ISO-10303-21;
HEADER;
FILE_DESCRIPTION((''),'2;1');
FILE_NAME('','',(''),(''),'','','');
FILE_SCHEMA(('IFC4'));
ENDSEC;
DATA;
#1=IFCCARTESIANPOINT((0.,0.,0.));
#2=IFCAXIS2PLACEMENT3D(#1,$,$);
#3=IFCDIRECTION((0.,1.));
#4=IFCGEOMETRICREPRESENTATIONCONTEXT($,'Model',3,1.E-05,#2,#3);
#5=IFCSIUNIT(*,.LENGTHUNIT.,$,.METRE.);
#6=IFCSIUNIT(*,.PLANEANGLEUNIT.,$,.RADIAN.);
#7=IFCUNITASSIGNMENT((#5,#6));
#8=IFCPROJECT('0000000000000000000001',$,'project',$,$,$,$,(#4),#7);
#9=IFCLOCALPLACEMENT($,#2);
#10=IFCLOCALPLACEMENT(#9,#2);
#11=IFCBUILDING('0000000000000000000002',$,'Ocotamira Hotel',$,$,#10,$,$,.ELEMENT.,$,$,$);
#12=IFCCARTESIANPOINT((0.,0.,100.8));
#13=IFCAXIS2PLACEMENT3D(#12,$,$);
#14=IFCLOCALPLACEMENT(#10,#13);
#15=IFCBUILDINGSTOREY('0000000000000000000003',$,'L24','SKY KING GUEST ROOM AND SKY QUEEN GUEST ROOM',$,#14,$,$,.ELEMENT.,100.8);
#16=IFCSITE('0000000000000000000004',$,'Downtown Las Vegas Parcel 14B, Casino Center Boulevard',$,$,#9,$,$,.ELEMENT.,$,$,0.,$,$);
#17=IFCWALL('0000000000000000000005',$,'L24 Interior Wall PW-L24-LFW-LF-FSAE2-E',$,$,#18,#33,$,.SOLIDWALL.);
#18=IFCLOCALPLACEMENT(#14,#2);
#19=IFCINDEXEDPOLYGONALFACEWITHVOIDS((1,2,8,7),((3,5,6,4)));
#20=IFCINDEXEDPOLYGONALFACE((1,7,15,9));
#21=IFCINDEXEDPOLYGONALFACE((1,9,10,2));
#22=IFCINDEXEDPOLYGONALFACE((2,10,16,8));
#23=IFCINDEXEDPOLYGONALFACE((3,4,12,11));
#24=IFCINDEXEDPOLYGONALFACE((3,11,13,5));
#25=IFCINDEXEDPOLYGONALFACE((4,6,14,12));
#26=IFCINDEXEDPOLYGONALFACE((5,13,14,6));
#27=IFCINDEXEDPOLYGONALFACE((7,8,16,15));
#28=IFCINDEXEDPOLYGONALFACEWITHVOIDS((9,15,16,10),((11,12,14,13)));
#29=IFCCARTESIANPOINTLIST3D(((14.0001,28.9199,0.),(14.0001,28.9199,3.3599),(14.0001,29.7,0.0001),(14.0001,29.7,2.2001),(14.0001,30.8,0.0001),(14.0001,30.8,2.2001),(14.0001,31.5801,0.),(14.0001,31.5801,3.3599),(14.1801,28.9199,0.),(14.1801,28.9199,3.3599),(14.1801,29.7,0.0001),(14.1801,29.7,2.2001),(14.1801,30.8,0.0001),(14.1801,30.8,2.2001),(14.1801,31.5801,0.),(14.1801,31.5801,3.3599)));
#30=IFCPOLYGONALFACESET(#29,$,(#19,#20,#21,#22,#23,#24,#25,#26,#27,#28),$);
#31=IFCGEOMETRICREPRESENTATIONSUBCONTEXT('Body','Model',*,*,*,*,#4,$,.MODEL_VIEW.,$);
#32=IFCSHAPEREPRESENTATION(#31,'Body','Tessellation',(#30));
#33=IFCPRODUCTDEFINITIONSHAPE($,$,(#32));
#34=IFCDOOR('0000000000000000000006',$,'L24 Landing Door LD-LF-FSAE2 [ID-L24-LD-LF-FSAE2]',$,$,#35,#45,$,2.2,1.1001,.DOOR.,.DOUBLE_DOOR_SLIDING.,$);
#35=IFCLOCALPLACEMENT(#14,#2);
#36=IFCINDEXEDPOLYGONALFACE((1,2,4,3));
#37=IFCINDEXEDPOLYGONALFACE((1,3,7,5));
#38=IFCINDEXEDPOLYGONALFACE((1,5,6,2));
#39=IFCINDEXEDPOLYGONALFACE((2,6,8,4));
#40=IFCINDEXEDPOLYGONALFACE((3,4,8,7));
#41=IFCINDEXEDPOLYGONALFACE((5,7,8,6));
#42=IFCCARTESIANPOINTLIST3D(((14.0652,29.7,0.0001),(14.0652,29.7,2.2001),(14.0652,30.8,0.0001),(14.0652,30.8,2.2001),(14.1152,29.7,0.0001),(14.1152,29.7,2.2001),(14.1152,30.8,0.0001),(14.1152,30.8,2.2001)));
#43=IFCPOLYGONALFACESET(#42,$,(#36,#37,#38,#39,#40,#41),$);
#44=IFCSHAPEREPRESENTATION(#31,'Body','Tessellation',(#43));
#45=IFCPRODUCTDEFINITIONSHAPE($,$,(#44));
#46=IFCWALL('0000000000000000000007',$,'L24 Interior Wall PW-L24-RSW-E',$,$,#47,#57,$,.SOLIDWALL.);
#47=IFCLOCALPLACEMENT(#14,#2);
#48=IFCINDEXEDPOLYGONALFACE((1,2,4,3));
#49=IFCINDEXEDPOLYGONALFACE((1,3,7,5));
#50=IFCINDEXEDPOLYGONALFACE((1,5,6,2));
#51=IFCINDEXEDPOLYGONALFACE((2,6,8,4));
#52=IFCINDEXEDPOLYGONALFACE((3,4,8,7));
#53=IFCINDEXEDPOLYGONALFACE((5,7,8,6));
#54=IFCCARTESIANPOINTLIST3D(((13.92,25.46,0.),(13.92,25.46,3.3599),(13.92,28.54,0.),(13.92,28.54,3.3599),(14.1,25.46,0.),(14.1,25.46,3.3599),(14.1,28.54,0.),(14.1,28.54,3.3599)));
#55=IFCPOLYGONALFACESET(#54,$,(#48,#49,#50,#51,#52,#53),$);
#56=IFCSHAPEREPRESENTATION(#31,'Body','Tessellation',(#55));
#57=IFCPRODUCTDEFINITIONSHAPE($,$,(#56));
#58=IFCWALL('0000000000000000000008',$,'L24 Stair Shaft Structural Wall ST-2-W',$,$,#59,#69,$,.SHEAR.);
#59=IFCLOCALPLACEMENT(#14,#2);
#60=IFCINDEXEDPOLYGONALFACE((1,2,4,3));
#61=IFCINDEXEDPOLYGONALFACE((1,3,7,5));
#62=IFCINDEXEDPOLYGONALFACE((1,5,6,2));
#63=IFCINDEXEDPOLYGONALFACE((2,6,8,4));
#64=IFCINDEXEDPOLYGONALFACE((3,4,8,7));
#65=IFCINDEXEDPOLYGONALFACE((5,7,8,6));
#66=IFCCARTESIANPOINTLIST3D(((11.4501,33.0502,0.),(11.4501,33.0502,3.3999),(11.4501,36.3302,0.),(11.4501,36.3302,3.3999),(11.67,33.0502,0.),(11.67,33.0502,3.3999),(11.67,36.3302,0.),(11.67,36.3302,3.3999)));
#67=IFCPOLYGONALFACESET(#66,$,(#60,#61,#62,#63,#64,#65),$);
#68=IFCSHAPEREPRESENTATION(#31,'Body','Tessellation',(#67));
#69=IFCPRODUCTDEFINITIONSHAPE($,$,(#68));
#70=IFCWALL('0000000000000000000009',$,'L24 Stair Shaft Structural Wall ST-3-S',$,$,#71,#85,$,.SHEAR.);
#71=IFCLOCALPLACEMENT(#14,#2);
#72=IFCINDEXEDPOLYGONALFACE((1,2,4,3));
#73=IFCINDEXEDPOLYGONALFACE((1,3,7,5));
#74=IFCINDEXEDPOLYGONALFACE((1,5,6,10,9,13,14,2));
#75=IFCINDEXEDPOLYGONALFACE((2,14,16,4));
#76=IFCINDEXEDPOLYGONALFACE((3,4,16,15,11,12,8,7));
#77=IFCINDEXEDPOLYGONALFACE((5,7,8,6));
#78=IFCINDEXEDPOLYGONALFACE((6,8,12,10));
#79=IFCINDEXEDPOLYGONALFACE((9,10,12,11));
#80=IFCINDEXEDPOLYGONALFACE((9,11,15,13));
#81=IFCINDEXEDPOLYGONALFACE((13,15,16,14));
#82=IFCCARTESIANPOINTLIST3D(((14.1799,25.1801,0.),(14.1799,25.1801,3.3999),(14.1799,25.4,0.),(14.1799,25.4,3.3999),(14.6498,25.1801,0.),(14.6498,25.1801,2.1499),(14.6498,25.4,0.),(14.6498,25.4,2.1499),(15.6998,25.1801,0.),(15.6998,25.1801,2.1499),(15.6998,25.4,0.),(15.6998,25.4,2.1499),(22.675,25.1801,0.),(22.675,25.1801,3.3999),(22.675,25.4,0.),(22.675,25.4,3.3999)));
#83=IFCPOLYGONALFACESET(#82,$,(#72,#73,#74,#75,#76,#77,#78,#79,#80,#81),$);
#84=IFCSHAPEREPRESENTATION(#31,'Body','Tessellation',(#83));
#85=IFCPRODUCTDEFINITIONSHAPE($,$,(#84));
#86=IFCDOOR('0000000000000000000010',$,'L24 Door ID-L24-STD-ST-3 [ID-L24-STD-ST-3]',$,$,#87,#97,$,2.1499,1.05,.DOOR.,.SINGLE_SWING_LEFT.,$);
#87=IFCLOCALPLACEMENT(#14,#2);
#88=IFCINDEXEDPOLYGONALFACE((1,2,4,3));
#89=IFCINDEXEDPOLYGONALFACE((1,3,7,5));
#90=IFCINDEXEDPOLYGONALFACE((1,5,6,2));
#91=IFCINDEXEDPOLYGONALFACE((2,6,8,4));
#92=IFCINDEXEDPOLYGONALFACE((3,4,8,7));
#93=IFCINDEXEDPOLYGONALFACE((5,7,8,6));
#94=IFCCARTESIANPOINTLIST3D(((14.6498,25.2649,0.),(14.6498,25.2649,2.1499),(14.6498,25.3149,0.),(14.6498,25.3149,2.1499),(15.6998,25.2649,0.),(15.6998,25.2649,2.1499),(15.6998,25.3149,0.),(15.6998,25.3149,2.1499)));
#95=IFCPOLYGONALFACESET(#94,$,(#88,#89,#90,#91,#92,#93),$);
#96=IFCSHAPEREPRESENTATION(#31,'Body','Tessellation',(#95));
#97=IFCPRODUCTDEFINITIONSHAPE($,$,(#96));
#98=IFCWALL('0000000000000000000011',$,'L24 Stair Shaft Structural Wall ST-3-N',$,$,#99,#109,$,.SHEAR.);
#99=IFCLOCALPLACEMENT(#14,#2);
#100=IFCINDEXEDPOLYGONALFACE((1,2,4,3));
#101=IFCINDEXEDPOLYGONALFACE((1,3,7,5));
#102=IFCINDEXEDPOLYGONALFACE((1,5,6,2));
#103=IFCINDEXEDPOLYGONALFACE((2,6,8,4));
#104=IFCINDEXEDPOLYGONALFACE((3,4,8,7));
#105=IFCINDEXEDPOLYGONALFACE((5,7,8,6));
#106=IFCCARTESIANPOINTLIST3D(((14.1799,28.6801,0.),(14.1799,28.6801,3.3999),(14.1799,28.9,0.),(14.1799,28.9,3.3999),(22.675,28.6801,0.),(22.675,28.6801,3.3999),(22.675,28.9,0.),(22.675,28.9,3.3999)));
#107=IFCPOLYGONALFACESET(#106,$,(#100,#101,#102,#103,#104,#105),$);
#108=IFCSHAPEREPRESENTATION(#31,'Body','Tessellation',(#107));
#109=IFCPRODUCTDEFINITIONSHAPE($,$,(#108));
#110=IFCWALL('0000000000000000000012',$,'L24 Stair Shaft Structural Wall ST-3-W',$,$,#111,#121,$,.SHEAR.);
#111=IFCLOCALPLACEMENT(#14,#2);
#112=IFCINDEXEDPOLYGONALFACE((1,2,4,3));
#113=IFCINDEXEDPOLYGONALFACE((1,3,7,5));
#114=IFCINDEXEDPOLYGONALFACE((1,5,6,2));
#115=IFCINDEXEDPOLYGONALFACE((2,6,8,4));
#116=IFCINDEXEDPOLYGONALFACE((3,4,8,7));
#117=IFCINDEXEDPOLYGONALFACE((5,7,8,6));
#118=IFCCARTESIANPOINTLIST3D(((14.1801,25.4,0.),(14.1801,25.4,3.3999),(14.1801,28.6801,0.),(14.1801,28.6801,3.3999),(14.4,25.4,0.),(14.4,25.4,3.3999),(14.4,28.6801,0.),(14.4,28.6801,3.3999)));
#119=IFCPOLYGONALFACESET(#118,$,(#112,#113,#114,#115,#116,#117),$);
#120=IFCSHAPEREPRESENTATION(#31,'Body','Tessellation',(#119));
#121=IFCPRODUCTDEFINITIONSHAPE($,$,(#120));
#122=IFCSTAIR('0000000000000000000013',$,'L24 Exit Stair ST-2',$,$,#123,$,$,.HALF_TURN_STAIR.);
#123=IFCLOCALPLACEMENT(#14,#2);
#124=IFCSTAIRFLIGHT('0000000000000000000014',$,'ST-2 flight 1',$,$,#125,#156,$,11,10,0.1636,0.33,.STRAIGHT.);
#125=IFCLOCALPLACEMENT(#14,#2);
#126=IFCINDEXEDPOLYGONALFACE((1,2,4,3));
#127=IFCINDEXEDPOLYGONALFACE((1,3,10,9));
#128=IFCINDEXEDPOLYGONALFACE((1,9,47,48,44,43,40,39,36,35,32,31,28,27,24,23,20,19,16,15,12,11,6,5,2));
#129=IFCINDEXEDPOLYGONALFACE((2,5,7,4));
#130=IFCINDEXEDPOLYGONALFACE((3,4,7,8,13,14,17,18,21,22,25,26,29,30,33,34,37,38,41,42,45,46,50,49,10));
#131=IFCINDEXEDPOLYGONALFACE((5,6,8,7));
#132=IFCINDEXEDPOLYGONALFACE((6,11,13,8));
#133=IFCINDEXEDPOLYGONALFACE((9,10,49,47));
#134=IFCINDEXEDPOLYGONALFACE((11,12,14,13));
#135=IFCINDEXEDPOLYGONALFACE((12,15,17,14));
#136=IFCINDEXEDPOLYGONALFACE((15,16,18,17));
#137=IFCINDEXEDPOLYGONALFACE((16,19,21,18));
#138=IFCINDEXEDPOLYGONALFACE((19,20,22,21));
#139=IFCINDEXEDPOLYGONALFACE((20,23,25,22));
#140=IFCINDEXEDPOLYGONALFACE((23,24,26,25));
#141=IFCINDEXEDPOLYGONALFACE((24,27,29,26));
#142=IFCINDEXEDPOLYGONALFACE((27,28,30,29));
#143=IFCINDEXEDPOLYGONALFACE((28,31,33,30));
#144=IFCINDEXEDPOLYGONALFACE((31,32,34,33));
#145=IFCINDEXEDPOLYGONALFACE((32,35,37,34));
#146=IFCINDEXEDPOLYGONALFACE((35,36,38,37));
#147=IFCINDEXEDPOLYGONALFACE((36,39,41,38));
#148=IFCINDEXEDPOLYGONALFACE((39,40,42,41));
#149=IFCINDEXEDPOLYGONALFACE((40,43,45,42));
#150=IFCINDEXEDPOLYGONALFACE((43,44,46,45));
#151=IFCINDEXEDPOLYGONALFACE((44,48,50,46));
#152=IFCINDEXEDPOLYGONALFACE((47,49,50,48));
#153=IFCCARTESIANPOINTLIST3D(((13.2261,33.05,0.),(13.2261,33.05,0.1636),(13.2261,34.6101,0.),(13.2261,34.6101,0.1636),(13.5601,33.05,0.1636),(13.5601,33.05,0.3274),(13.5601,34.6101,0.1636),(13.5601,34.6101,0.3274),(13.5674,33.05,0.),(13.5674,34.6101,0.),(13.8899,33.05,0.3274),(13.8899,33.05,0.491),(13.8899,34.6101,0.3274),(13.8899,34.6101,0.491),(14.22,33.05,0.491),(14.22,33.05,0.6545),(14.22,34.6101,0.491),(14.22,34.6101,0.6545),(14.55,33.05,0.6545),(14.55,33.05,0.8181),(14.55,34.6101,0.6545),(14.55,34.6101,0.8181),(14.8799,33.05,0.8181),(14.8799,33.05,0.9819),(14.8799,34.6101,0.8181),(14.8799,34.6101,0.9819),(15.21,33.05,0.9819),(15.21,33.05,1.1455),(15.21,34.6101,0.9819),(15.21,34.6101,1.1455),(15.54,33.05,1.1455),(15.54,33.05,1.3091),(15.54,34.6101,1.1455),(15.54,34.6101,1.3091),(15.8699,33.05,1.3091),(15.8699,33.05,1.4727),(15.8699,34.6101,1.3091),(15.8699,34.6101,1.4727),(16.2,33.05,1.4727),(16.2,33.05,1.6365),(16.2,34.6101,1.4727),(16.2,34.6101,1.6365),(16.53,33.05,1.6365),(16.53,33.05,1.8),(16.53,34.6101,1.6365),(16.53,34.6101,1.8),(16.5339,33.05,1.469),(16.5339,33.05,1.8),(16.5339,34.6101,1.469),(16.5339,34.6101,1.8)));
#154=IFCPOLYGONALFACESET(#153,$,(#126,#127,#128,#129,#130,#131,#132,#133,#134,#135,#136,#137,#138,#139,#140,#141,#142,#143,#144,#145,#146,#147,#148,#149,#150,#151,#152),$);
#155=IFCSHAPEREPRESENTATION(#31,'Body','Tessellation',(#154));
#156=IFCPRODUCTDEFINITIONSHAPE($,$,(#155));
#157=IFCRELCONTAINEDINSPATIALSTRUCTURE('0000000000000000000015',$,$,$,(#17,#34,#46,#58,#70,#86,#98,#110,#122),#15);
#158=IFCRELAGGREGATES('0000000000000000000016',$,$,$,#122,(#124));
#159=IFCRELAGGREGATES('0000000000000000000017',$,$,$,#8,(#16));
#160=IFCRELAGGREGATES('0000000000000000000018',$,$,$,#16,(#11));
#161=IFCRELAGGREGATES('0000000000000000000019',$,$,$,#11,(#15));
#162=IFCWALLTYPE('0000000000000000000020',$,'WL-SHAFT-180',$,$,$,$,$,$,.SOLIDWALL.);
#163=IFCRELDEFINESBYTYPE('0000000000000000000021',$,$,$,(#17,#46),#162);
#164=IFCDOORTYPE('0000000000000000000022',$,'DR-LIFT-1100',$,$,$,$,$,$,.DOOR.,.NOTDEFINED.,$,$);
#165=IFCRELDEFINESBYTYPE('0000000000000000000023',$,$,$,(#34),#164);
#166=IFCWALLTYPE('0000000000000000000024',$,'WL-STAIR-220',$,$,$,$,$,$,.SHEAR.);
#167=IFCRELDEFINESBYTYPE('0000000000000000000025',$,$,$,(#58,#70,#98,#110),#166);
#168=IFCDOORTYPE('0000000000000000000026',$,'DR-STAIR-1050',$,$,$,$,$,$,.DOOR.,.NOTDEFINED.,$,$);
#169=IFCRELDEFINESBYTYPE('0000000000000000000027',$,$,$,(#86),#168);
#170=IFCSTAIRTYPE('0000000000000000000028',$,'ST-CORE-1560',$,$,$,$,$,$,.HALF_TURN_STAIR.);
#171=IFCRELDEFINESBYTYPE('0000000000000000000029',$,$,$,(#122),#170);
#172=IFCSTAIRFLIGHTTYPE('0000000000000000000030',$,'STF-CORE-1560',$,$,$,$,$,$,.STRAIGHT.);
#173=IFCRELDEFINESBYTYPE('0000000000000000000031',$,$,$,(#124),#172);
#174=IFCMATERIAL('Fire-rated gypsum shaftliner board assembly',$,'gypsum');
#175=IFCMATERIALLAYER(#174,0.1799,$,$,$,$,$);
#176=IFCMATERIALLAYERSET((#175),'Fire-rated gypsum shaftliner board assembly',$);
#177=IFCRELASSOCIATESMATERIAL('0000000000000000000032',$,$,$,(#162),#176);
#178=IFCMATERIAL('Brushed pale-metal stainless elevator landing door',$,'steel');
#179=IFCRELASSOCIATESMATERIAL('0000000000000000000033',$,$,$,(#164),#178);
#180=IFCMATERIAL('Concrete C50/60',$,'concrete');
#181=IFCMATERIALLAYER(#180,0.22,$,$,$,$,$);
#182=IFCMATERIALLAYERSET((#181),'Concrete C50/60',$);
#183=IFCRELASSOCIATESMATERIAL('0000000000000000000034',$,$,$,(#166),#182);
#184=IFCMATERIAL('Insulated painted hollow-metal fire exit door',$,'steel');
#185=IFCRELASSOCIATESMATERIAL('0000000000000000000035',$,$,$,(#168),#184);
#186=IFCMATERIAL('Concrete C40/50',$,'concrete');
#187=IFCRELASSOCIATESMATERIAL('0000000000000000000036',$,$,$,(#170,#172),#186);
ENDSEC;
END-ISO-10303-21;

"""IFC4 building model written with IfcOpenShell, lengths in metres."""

from ifc_helpers import new_model, si_unit, direction, frame, frame_2d, origin, place, context, subcontext, project, spatial, polyline, rectangle, outline, extrude, source, transform, mapped, material, layer, layer_set, type_object, element, fill, aggregate, save


model = new_model("IFC4")

# Units and contexts
model_context = context("Model", 3, precision=1e-05, world=origin(), true_north=direction((0.0, 1.0)))
body_context = subcontext(model_context, "Body", "Model", "MODEL_VIEW")
ifc_project = project(units=[si_unit("LENGTHUNIT", "METRE"), si_unit("PLANEANGLEUNIT", "RADIAN")], contexts=[model_context])

# Site, building, storey
site_placement = place(None, origin())
site = spatial("IfcSite", under=ifc_project, at=site_placement, Name="Downtown Las Vegas Parcel 14B, Casino Center Boulevard", CompositionType="ELEMENT", RefElevation=0.0)
building_placement = place(site_placement, origin())
building = spatial("IfcBuilding", under=site, at=building_placement, Name="Ocotamira Hotel", CompositionType="ELEMENT")
storey_placement = place(building_placement, frame((0.0, 0.0, 100.8)))
storey = spatial("IfcBuildingStorey", under=building, at=storey_placement, Name="L24", Description="SKY KING GUEST ROOM AND SKY QUEEN GUEST ROOM", CompositionType="ELEMENT", Elevation=100.8)

# Wall, opening, door
ifc_material_1 = material(Name="Fire-rated gypsum shaftliner board assembly", Category="gypsum")
ifc_layer_1 = layer(ifc_material_1, 0.1799)
ifc_layer_set_1 = layer_set([ifc_layer_1], Name="Fire-rated gypsum shaftliner board assembly")
wall_type_1 = type_object("IfcWallType", Name="WL-SHAFT-180", PredefinedType="SOLIDWALL", material=ifc_layer_set_1)
wall_1_placement = place(storey_placement, frame((14.0901, 28.9199, 0.0), z_axis=(0.0, 0.0, 1.0), x_axis=(0.0, 1.0, 0.0)))
wall_1 = element("IfcWall", 1, at=wall_1_placement, inside=storey, type_object=wall_type_1, Name="L24 Interior Wall PW-L24-LFW-LF-FSAE2-E", PredefinedType="SOLIDWALL", context=body_context, shape_type="SweptSolid", body=[
    extrude(rectangle(XDim=2.6602, YDim=0.1799, at=frame_2d((1.3301, 0.0))), origin(), (0.0, 0.0, 1.0), 3.3599),
])
opening_1_placement = place(wall_1_placement, frame((0.78, 0.0, 0.0)))
opening_1 = element("IfcOpeningElement", 2, at=opening_1_placement, cuts=wall_1, PredefinedType="OPENING", context=body_context, shape_type="SweptSolid", body=[
    extrude(rectangle(XDim=1.1001, YDim=2.2, at=frame_2d((0.55, 1.1001))), frame((0.0, 0.1001, 0.0), z_axis=(0.0, -1.0, 0.0), x_axis=(1.0, 0.0, 0.0)), (0.0, 0.0, 1.0), 0.2),
])
ifc_material_2 = material(Name="Brushed pale-metal stainless elevator landing door", Category="steel")
door_type_1 = type_object("IfcDoorType", Name="DR-LIFT-1100", OperationType="NOTDEFINED", PredefinedType="DOOR", material=ifc_material_2)
shared_shape_1 = source(origin(), body_context, "Body", "SweptSolid", [
    extrude(rectangle(XDim=1.1001, YDim=2.2, at=frame_2d((0.55, 1.1001))), frame((0.0, 0.0249, 0.0), z_axis=(0.0, -1.0, 0.0), x_axis=(1.0, 0.0, 0.0)), (0.0, 0.0, 1.0), 0.05),
])
door_1_placement = place(opening_1_placement, origin())
door_1 = element("IfcDoor", 3, at=door_1_placement, inside=storey, type_object=door_type_1, Name="L24 Landing Door LD-LF-FSAE2 [ID-L24-LD-LF-FSAE2]", OperationType="DOUBLE_DOOR_SLIDING", OverallHeight=2.2, OverallWidth=1.1001, PredefinedType="DOOR", context=body_context, shape_type="MappedRepresentation", body=[
    mapped(shared_shape_1, transform((0.0, 0.0, 0.0), scale=1.0)),
])
fill(opening_1, door_1)

# Walls
wall_2_placement = place(storey_placement, frame((14.01, 25.46, 0.0), z_axis=(0.0, 0.0, 1.0), x_axis=(0.0, 1.0, 0.0)))
element("IfcWall", 4, at=wall_2_placement, inside=storey, type_object=wall_type_1, Name="L24 Interior Wall PW-L24-RSW-E", PredefinedType="SOLIDWALL", context=body_context, shape_type="SweptSolid", body=[
    extrude(rectangle(XDim=3.0801, YDim=0.1799, at=frame_2d((1.54, 0.0))), origin(), (0.0, 0.0, 1.0), 3.3599),
])
ifc_material_3 = material(Name="Concrete C50/60", Category="concrete")
ifc_layer_2 = layer(ifc_material_3, 0.22)
ifc_layer_set_2 = layer_set([ifc_layer_2], Name="Concrete C50/60")
wall_type_2 = type_object("IfcWallType", Name="WL-STAIR-220", PredefinedType="SHEAR", material=ifc_layer_set_2)
wall_3_placement = place(storey_placement, frame((11.5601, 33.05, 0.0), z_axis=(0.0, 0.0, 1.0), x_axis=(0.0, 1.0, 0.0)))
element("IfcWall", 5, at=wall_3_placement, inside=storey, type_object=wall_type_2, Name="L24 Stair Shaft Structural Wall ST-2-W", PredefinedType="SHEAR", context=body_context, shape_type="SweptSolid", body=[
    extrude(rectangle(XDim=3.28, YDim=0.22, at=frame_2d((1.6401, 0.0))), origin(), (0.0, 0.0, 1.0), 3.3999),
])

# Wall, opening, door
wall_4_placement = place(storey_placement, frame((14.1799, 25.29, 0.0), z_axis=(0.0, 0.0, 1.0), x_axis=(1.0, 0.0, 0.0)))
wall_4 = element("IfcWall", 6, at=wall_4_placement, inside=storey, type_object=wall_type_2, Name="L24 Stair Shaft Structural Wall ST-3-S", PredefinedType="SHEAR", context=body_context, shape_type="SweptSolid", body=[
    extrude(rectangle(XDim=8.4951, YDim=0.22, at=frame_2d((4.2476, 0.0))), origin(), (0.0, 0.0, 1.0), 3.3999),
])
opening_2_placement = place(wall_4_placement, frame((0.47, 0.0, 0.0)))
opening_2 = element("IfcOpeningElement", 7, at=opening_2_placement, cuts=wall_4, PredefinedType="OPENING", context=body_context, shape_type="SweptSolid", body=[
    extrude(rectangle(XDim=1.05, YDim=2.1499, at=frame_2d((0.5249, 1.075))), frame((0.0, 0.1201, 0.0), z_axis=(0.0, -1.0, 0.0), x_axis=(1.0, 0.0, 0.0)), (0.0, 0.0, 1.0), 0.24),
])
ifc_material_4 = material(Name="Insulated painted hollow-metal fire exit door", Category="steel")
door_type_2 = type_object("IfcDoorType", Name="DR-STAIR-1050", OperationType="NOTDEFINED", PredefinedType="DOOR", material=ifc_material_4)
shared_shape_2 = source(origin(), body_context, "Body", "SweptSolid", [
    extrude(rectangle(XDim=1.05, YDim=2.1499, at=frame_2d((0.5249, 1.075))), frame((0.0, 0.0249, 0.0), z_axis=(0.0, -1.0, 0.0), x_axis=(1.0, 0.0, 0.0)), (0.0, 0.0, 1.0), 0.05),
])
door_2_placement = place(opening_2_placement, origin())
door_2 = element("IfcDoor", 8, at=door_2_placement, inside=storey, type_object=door_type_2, Name="L24 Door ID-L24-STD-ST-3 [ID-L24-STD-ST-3]", OperationType="SINGLE_SWING_LEFT", OverallHeight=2.1499, OverallWidth=1.05, PredefinedType="DOOR", context=body_context, shape_type="MappedRepresentation", body=[
    mapped(shared_shape_2, transform((0.0, 0.0, 0.0), scale=1.0)),
])
fill(opening_2, door_2)

# Walls
wall_5_placement = place(storey_placement, frame((14.1799, 28.79, 0.0), z_axis=(0.0, 0.0, 1.0), x_axis=(1.0, 0.0, 0.0)))
element("IfcWall", 9, at=wall_5_placement, inside=storey, type_object=wall_type_2, Name="L24 Stair Shaft Structural Wall ST-3-N", PredefinedType="SHEAR", context=body_context, shape_type="SweptSolid", body=[
    extrude(rectangle(XDim=8.4951, YDim=0.22, at=frame_2d((4.2476, 0.0))), origin(), (0.0, 0.0, 1.0), 3.3999),
])
wall_6_placement = place(storey_placement, frame((14.29, 25.3999, 0.0), z_axis=(0.0, 0.0, 1.0), x_axis=(0.0, 1.0, 0.0)))
element("IfcWall", 10, at=wall_6_placement, inside=storey, type_object=wall_type_2, Name="L24 Stair Shaft Structural Wall ST-3-W", PredefinedType="SHEAR", context=body_context, shape_type="SweptSolid", body=[
    extrude(rectangle(XDim=3.28, YDim=0.22, at=frame_2d((1.6401, 0.0))), origin(), (0.0, 0.0, 1.0), 3.3999),
])

# Stair, stair flight
ifc_material_5 = material(Name="Concrete C40/50", Category="concrete")
stair_type = type_object("IfcStairType", Name="ST-CORE-1560", PredefinedType="HALF_TURN_STAIR", material=ifc_material_5)
stair_1_placement = place(storey_placement, origin())
stair_1 = element("IfcStair", 11, at=stair_1_placement, inside=storey, type_object=stair_type, Name="L24 Exit Stair ST-2", PredefinedType="HALF_TURN_STAIR")
stair_flight_type = type_object("IfcStairFlightType", Name="STF-CORE-1560", PredefinedType="STRAIGHT", material=ifc_material_5)
shared_shape_3 = source(origin(), body_context, "Body", "SweptSolid", [
    extrude(outline(polyline([(-0.0039, 0.0), (-0.0039, 0.1636), (0.3301, 0.1636), (0.3301, 0.3274), (0.6599, 0.3274), (0.6599, 0.491), (0.99, 0.491), (0.99, 0.6545), (1.3201, 0.6545), (1.3201, 0.8181), (1.6499, 0.8181), (1.6499, 0.9819), (1.98, 0.9819), (1.98, 1.1455), (2.3101, 1.1455), (2.3101, 1.3091), (2.6399, 1.3091), (2.6399, 1.4727), (2.97, 1.4727), (2.97, 1.6365), (3.3, 1.6365), (3.3, 1.8), (3.304, 1.8), (3.304, 1.469), (0.3374, 0.0), (-0.0039, 0.0)])), frame((0.0, 0.78, 0.0), z_axis=(0.0, -1.0, 0.0), x_axis=(1.0, 0.0, 0.0)), (0.0, 0.0, 1.0), 1.5601),
])
stair_flight_1_placement = place(storey_placement, frame((13.23, 33.8301, 0.0), z_axis=(0.0, 0.0, 1.0), x_axis=(1.0, 0.0, 0.0)))
stair_flight_1 = element("IfcStairFlight", 12, at=stair_flight_1_placement, type_object=stair_flight_type, Name="ST-2 flight 1", NumberOfRisers=11, NumberOfTreads=10, PredefinedType="STRAIGHT", RiserHeight=0.1636, TreadLength=0.33, context=body_context, shape_type="MappedRepresentation", body=[
    mapped(shared_shape_3, transform((0.0, 0.0, 0.0), scale=1.0)),
])
aggregate(stair_1, [stair_flight_1])

save(model, "model.ifc")
